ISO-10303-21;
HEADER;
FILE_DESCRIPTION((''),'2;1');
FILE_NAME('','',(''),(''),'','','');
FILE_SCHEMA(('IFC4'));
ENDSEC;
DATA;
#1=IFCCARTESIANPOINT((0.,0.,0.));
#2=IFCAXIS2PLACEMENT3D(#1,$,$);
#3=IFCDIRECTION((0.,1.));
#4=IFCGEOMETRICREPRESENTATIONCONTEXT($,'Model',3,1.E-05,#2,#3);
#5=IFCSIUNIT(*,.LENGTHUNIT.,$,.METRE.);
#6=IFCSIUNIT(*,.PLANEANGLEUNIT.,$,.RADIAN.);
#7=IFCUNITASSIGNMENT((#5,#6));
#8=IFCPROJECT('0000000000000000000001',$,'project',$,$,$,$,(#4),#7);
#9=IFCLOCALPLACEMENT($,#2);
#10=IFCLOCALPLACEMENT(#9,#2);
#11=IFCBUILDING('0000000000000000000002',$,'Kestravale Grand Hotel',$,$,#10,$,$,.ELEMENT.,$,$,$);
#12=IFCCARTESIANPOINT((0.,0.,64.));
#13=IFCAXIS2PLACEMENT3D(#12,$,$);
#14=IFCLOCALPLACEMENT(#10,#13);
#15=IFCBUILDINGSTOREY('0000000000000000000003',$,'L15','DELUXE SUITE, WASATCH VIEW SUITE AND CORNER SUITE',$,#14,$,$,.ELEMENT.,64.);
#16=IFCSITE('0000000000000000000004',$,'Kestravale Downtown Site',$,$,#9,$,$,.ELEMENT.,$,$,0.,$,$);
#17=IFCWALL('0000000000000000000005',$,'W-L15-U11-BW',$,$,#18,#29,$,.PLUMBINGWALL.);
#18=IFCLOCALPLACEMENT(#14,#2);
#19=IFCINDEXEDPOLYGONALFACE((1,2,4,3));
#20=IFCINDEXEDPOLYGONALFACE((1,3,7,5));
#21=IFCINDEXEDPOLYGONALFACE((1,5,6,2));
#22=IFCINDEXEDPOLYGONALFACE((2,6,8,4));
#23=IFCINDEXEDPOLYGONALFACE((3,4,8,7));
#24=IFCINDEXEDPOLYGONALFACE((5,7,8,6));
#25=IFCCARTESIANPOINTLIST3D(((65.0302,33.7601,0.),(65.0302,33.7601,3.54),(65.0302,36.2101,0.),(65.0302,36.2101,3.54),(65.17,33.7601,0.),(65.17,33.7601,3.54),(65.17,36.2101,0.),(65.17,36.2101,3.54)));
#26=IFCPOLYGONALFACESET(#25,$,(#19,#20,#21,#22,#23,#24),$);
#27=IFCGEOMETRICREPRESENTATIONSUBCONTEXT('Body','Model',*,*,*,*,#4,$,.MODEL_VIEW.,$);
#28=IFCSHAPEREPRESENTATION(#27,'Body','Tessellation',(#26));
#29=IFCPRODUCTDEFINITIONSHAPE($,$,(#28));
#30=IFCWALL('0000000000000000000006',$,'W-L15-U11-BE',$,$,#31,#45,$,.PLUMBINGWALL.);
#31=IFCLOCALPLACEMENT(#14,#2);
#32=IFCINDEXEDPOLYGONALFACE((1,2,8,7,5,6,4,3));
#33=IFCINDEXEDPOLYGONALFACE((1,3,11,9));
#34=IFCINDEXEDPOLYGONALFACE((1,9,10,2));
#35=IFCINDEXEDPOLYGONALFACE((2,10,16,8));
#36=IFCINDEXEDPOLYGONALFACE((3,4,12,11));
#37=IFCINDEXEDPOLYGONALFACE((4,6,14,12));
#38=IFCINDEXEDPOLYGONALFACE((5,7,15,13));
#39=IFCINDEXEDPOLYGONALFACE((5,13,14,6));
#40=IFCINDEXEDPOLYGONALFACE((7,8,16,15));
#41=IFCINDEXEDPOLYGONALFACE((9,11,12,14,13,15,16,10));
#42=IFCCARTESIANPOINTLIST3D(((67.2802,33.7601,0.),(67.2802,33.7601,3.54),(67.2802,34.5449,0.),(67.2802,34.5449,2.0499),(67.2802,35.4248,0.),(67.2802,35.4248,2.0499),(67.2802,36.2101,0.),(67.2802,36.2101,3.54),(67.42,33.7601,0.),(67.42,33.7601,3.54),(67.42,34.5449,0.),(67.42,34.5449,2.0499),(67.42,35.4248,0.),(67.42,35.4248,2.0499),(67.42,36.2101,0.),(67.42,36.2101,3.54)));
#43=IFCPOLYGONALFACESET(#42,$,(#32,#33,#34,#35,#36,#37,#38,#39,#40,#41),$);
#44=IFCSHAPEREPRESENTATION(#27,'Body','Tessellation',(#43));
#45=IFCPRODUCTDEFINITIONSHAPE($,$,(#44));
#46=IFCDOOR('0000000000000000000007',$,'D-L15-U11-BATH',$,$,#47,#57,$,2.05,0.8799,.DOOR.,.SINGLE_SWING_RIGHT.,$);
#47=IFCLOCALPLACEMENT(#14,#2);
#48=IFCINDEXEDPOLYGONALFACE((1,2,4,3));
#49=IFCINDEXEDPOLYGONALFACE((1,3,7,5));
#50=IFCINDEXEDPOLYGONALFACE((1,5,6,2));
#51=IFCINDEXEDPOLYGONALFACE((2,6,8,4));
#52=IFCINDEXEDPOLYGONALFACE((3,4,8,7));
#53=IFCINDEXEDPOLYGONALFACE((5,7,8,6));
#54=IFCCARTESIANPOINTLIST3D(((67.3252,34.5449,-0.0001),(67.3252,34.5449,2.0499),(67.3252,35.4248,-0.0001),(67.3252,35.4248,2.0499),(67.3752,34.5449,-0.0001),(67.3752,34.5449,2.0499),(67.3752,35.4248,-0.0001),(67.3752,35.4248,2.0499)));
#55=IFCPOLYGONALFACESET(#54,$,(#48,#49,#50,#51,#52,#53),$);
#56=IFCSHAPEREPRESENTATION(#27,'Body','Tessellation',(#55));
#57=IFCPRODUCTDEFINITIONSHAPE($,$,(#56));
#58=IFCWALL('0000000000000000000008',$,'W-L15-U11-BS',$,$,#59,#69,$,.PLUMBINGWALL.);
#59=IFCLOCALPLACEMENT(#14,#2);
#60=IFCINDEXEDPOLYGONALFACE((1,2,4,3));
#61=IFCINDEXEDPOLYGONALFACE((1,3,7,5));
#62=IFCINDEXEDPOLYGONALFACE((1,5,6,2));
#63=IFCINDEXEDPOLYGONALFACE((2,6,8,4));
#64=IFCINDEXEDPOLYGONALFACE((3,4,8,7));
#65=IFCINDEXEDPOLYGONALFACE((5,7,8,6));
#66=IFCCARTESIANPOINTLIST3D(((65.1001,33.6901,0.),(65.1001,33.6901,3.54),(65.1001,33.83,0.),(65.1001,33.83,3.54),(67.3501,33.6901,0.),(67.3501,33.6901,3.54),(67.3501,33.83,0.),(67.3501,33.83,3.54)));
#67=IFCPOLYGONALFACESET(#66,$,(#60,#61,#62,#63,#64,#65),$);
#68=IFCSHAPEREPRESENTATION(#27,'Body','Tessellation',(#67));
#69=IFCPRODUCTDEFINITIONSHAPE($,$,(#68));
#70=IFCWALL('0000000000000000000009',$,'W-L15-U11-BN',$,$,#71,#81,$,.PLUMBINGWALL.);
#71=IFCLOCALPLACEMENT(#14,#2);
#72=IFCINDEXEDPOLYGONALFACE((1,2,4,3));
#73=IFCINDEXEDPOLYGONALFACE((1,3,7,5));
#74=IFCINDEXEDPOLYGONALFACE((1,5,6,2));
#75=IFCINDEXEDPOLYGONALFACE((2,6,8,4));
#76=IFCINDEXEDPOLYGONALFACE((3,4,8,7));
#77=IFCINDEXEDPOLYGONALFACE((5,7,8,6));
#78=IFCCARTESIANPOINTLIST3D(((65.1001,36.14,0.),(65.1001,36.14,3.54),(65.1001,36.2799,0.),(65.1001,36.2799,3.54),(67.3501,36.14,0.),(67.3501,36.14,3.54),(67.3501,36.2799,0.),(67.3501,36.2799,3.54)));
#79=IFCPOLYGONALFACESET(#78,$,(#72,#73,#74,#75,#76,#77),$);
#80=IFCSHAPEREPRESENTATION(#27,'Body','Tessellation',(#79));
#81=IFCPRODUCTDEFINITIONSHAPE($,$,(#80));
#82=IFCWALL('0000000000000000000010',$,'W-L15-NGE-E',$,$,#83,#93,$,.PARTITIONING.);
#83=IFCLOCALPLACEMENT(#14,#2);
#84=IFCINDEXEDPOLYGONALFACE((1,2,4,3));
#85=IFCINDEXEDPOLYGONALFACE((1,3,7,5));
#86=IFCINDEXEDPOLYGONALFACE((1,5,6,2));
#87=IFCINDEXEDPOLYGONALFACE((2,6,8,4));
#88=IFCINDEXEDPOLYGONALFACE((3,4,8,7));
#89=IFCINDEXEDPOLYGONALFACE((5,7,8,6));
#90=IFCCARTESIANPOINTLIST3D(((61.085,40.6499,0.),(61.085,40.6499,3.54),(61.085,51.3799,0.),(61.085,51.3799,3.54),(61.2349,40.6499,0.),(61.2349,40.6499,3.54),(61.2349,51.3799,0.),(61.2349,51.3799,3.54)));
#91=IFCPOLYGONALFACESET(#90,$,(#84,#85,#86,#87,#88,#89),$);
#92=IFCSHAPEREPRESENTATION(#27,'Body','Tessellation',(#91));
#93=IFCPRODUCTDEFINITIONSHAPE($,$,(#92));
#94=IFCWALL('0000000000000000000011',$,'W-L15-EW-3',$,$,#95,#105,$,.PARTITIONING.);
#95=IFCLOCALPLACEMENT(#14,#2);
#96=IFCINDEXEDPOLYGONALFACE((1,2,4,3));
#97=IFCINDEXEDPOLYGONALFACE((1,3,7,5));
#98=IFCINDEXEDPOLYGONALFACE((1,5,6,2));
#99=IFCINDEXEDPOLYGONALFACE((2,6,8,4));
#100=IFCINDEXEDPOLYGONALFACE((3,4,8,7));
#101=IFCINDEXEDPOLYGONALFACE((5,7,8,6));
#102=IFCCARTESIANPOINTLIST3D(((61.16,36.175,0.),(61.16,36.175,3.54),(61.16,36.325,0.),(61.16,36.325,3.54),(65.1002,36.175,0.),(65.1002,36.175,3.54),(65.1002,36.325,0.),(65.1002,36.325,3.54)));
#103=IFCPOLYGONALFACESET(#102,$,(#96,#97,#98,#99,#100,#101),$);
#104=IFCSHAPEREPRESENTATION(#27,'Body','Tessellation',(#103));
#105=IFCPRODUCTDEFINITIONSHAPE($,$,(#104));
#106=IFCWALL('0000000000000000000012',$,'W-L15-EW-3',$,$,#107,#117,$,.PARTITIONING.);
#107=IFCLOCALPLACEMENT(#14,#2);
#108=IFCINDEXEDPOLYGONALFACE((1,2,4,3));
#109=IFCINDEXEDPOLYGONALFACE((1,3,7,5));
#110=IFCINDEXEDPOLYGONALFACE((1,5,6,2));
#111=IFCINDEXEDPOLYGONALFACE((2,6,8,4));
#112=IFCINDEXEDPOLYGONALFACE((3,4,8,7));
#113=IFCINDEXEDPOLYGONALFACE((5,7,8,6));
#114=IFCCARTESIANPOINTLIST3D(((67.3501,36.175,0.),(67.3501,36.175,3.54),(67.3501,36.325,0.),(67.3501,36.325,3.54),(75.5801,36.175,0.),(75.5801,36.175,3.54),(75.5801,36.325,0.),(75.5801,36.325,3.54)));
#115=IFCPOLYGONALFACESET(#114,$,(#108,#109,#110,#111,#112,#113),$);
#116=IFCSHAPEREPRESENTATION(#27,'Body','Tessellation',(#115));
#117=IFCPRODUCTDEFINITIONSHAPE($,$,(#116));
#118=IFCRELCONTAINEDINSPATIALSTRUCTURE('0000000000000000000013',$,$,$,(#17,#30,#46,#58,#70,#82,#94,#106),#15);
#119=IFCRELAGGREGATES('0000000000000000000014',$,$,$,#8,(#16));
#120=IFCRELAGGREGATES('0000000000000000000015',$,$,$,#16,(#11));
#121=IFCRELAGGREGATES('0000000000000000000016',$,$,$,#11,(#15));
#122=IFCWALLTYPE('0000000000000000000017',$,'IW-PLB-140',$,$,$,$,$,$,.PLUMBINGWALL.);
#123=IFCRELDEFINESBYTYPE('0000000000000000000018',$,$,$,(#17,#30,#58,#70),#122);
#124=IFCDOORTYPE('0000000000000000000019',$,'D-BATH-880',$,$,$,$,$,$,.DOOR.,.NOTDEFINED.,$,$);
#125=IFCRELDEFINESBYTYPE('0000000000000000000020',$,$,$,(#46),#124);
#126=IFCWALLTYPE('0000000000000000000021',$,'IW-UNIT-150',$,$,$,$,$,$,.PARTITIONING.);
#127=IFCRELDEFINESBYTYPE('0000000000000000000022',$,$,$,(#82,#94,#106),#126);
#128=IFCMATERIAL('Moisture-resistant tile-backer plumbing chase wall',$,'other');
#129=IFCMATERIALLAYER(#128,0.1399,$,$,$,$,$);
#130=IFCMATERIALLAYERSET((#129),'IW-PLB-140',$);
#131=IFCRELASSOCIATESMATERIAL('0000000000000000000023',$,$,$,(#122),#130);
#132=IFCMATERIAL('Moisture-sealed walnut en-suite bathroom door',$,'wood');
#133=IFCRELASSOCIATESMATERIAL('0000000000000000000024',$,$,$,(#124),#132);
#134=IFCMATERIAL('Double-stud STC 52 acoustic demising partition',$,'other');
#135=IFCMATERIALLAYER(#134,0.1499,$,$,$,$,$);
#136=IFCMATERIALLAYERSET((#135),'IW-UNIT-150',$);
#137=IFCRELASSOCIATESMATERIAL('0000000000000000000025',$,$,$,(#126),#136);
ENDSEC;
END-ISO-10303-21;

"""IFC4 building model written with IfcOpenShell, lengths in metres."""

from ifc_helpers import new_model, si_unit, direction, frame, frame_2d, origin, place, context, subcontext, project, spatial, rectangle, extrude, material, layer, layer_set, type_object, element, fill, save


model = new_model("IFC4")

# Units and contexts
model_context = context("Model", 3, precision=1e-05, world=origin(), true_north=direction((0.0, 1.0)))
body_context = subcontext(model_context, "Body", "Model", "MODEL_VIEW")
ifc_project = project(units=[si_unit("LENGTHUNIT", "METRE"), si_unit("PLANEANGLEUNIT", "RADIAN")], contexts=[model_context])

# Site, building, storey
site_placement = place(None, origin())
site = spatial("IfcSite", under=ifc_project, at=site_placement, Name="Kestravale Downtown Site", CompositionType="ELEMENT", RefElevation=0.0)
building_placement = place(site_placement, origin())
building = spatial("IfcBuilding", under=site, at=building_placement, Name="Kestravale Grand Hotel", CompositionType="ELEMENT")
storey_placement = place(building_placement, frame((0.0, 0.0, 64.0)))
storey = spatial("IfcBuildingStorey", under=building, at=storey_placement, Name="L15", Description="DELUXE SUITE, WASATCH VIEW SUITE AND CORNER SUITE", CompositionType="ELEMENT", Elevation=64.0)

# Wall
ifc_material_1 = material(Name="Moisture-resistant tile-backer plumbing chase wall", Category="other")
ifc_layer_1 = layer(ifc_material_1, 0.1399)
ifc_layer_set_1 = layer_set([ifc_layer_1], Name="IW-PLB-140")
wall_type_1 = type_object("IfcWallType", Name="IW-PLB-140", PredefinedType="PLUMBINGWALL", material=ifc_layer_set_1)
wall_1_placement = place(storey_placement, frame((65.1001, 33.76, 0.0), z_axis=(0.0, 0.0, 1.0), x_axis=(0.0, 1.0, 0.0)))
element("IfcWall", 1, at=wall_1_placement, inside=storey, type_object=wall_type_1, Name="W-L15-U11-BW", PredefinedType="PLUMBINGWALL", context=body_context, shape_type="SweptSolid", body=[
    extrude(rectangle(XDim=2.45, YDim=0.1399, at=frame_2d((1.2251, 0.0))), origin(), (0.0, 0.0, 1.0), 3.54),
])

# Wall, opening, door
wall_2_placement = place(storey_placement, frame((67.3501, 33.76, 0.0), z_axis=(0.0, 0.0, 1.0), x_axis=(0.0, 1.0, 0.0)))
wall_2 = element("IfcWall", 2, at=wall_2_placement, inside=storey, type_object=wall_type_1, Name="W-L15-U11-BE", PredefinedType="PLUMBINGWALL", context=body_context, shape_type="SweptSolid", body=[
    extrude(rectangle(XDim=2.45, YDim=0.1399, at=frame_2d((1.2251, 0.0))), origin(), (0.0, 0.0, 1.0), 3.54),
])
opening_1_placement = place(wall_2_placement, frame((0.7849, 0.0, 0.0)))
opening_1 = element("IfcOpeningElement", 3, at=opening_1_placement, cuts=wall_2, PredefinedType="OPENING", context=body_context, shape_type="SweptSolid", body=[
    extrude(rectangle(XDim=0.8799, YDim=2.05, at=frame_2d((0.4399, 1.0249))), frame((0.0, 0.0798, 0.0), z_axis=(0.0, -1.0, 0.0), x_axis=(1.0, 0.0, 0.0)), (0.0, 0.0, 1.0), 0.1599),
])
ifc_material_2 = material(Name="Moisture-sealed walnut en-suite bathroom door", Category="wood")
door_type = type_object("IfcDoorType", Name="D-BATH-880", OperationType="NOTDEFINED", PredefinedType="DOOR", material=ifc_material_2)
door_placement = place(opening_1_placement, origin())
door = element("IfcDoor", 4, at=door_placement, inside=storey, type_object=door_type, Name="D-L15-U11-BATH", OperationType="SINGLE_SWING_RIGHT", OverallHeight=2.05, OverallWidth=0.8799, PredefinedType="DOOR", context=body_context, shape_type="SweptSolid", body=[
    extrude(rectangle(XDim=0.8799, YDim=2.05, at=frame_2d((0.4399, 1.0249))), frame((0.0, 0.0249, 0.0), z_axis=(0.0, -1.0, 0.0), x_axis=(1.0, 0.0, 0.0)), (0.0, 0.0, 1.0), 0.05),
])
fill(opening_1, door)

# Walls
for number, where, z_axis, x_axis, name in (
    (5, (65.1001, 33.76, 0.0), (0.0, 0.0, 1.0), (1.0, 0.0, 0.0), "W-L15-U11-BS"),
    (6, (65.1001, 36.21, 0.0), (0.0, 0.0, 1.0), (1.0, 0.0, 0.0), "W-L15-U11-BN"),
):
    element("IfcWall", number, at=place(storey_placement, frame(where, z_axis=z_axis, x_axis=x_axis)), inside=storey, type_object=wall_type_1, Name=name, PredefinedType="PLUMBINGWALL", context=body_context, shape_type="SweptSolid", body=[
        extrude(rectangle(XDim=2.25, YDim=0.1399, at=frame_2d((1.125, 0.0))), origin(), (0.0, 0.0, 1.0), 3.54),
    ])
ifc_material_3 = material(Name="Double-stud STC 52 acoustic demising partition", Category="other")
ifc_layer_2 = layer(ifc_material_3, 0.1499)
ifc_layer_set_2 = layer_set([ifc_layer_2], Name="IW-UNIT-150")
wall_type_2 = type_object("IfcWallType", Name="IW-UNIT-150", PredefinedType="PARTITIONING", material=ifc_layer_set_2)
wall_3_placement = place(storey_placement, frame((61.1599, 40.6499, 0.0), z_axis=(0.0, 0.0, 1.0), x_axis=(0.0, 1.0, 0.0)))
element("IfcWall", 7, at=wall_3_placement, inside=storey, type_object=wall_type_2, Name="W-L15-NGE-E", PredefinedType="PARTITIONING", context=body_context, shape_type="SweptSolid", body=[
    extrude(rectangle(XDim=10.73, YDim=0.1499, at=frame_2d((5.365, 0.0))), origin(), (0.0, 0.0, 1.0), 3.54),
])
wall_4_placement = place(storey_placement, frame((61.1599, 36.25, 0.0), z_axis=(0.0, 0.0, 1.0), x_axis=(1.0, 0.0, 0.0)))
element("IfcWall", 8, at=wall_4_placement, inside=storey, type_object=wall_type_2, Name="W-L15-EW-3", PredefinedType="PARTITIONING", context=body_context, shape_type="SweptSolid", body=[
    extrude(rectangle(XDim=3.9402, YDim=0.1499, at=frame_2d((1.9702, 0.0))), origin(), (0.0, 0.0, 1.0), 3.54),
])
wall_5_placement = place(storey_placement, frame((67.3501, 36.25, 0.0), z_axis=(0.0, 0.0, 1.0), x_axis=(1.0, 0.0, 0.0)))
element("IfcWall", 9, at=wall_5_placement, inside=storey, type_object=wall_type_2, Name="W-L15-EW-3", PredefinedType="PARTITIONING", context=body_context, shape_type="SweptSolid", body=[
    extrude(rectangle(XDim=8.23, YDim=0.1499, at=frame_2d((4.115, 0.0))), origin(), (0.0, 0.0, 1.0), 3.54),
])

save(model, "model.ifc")
